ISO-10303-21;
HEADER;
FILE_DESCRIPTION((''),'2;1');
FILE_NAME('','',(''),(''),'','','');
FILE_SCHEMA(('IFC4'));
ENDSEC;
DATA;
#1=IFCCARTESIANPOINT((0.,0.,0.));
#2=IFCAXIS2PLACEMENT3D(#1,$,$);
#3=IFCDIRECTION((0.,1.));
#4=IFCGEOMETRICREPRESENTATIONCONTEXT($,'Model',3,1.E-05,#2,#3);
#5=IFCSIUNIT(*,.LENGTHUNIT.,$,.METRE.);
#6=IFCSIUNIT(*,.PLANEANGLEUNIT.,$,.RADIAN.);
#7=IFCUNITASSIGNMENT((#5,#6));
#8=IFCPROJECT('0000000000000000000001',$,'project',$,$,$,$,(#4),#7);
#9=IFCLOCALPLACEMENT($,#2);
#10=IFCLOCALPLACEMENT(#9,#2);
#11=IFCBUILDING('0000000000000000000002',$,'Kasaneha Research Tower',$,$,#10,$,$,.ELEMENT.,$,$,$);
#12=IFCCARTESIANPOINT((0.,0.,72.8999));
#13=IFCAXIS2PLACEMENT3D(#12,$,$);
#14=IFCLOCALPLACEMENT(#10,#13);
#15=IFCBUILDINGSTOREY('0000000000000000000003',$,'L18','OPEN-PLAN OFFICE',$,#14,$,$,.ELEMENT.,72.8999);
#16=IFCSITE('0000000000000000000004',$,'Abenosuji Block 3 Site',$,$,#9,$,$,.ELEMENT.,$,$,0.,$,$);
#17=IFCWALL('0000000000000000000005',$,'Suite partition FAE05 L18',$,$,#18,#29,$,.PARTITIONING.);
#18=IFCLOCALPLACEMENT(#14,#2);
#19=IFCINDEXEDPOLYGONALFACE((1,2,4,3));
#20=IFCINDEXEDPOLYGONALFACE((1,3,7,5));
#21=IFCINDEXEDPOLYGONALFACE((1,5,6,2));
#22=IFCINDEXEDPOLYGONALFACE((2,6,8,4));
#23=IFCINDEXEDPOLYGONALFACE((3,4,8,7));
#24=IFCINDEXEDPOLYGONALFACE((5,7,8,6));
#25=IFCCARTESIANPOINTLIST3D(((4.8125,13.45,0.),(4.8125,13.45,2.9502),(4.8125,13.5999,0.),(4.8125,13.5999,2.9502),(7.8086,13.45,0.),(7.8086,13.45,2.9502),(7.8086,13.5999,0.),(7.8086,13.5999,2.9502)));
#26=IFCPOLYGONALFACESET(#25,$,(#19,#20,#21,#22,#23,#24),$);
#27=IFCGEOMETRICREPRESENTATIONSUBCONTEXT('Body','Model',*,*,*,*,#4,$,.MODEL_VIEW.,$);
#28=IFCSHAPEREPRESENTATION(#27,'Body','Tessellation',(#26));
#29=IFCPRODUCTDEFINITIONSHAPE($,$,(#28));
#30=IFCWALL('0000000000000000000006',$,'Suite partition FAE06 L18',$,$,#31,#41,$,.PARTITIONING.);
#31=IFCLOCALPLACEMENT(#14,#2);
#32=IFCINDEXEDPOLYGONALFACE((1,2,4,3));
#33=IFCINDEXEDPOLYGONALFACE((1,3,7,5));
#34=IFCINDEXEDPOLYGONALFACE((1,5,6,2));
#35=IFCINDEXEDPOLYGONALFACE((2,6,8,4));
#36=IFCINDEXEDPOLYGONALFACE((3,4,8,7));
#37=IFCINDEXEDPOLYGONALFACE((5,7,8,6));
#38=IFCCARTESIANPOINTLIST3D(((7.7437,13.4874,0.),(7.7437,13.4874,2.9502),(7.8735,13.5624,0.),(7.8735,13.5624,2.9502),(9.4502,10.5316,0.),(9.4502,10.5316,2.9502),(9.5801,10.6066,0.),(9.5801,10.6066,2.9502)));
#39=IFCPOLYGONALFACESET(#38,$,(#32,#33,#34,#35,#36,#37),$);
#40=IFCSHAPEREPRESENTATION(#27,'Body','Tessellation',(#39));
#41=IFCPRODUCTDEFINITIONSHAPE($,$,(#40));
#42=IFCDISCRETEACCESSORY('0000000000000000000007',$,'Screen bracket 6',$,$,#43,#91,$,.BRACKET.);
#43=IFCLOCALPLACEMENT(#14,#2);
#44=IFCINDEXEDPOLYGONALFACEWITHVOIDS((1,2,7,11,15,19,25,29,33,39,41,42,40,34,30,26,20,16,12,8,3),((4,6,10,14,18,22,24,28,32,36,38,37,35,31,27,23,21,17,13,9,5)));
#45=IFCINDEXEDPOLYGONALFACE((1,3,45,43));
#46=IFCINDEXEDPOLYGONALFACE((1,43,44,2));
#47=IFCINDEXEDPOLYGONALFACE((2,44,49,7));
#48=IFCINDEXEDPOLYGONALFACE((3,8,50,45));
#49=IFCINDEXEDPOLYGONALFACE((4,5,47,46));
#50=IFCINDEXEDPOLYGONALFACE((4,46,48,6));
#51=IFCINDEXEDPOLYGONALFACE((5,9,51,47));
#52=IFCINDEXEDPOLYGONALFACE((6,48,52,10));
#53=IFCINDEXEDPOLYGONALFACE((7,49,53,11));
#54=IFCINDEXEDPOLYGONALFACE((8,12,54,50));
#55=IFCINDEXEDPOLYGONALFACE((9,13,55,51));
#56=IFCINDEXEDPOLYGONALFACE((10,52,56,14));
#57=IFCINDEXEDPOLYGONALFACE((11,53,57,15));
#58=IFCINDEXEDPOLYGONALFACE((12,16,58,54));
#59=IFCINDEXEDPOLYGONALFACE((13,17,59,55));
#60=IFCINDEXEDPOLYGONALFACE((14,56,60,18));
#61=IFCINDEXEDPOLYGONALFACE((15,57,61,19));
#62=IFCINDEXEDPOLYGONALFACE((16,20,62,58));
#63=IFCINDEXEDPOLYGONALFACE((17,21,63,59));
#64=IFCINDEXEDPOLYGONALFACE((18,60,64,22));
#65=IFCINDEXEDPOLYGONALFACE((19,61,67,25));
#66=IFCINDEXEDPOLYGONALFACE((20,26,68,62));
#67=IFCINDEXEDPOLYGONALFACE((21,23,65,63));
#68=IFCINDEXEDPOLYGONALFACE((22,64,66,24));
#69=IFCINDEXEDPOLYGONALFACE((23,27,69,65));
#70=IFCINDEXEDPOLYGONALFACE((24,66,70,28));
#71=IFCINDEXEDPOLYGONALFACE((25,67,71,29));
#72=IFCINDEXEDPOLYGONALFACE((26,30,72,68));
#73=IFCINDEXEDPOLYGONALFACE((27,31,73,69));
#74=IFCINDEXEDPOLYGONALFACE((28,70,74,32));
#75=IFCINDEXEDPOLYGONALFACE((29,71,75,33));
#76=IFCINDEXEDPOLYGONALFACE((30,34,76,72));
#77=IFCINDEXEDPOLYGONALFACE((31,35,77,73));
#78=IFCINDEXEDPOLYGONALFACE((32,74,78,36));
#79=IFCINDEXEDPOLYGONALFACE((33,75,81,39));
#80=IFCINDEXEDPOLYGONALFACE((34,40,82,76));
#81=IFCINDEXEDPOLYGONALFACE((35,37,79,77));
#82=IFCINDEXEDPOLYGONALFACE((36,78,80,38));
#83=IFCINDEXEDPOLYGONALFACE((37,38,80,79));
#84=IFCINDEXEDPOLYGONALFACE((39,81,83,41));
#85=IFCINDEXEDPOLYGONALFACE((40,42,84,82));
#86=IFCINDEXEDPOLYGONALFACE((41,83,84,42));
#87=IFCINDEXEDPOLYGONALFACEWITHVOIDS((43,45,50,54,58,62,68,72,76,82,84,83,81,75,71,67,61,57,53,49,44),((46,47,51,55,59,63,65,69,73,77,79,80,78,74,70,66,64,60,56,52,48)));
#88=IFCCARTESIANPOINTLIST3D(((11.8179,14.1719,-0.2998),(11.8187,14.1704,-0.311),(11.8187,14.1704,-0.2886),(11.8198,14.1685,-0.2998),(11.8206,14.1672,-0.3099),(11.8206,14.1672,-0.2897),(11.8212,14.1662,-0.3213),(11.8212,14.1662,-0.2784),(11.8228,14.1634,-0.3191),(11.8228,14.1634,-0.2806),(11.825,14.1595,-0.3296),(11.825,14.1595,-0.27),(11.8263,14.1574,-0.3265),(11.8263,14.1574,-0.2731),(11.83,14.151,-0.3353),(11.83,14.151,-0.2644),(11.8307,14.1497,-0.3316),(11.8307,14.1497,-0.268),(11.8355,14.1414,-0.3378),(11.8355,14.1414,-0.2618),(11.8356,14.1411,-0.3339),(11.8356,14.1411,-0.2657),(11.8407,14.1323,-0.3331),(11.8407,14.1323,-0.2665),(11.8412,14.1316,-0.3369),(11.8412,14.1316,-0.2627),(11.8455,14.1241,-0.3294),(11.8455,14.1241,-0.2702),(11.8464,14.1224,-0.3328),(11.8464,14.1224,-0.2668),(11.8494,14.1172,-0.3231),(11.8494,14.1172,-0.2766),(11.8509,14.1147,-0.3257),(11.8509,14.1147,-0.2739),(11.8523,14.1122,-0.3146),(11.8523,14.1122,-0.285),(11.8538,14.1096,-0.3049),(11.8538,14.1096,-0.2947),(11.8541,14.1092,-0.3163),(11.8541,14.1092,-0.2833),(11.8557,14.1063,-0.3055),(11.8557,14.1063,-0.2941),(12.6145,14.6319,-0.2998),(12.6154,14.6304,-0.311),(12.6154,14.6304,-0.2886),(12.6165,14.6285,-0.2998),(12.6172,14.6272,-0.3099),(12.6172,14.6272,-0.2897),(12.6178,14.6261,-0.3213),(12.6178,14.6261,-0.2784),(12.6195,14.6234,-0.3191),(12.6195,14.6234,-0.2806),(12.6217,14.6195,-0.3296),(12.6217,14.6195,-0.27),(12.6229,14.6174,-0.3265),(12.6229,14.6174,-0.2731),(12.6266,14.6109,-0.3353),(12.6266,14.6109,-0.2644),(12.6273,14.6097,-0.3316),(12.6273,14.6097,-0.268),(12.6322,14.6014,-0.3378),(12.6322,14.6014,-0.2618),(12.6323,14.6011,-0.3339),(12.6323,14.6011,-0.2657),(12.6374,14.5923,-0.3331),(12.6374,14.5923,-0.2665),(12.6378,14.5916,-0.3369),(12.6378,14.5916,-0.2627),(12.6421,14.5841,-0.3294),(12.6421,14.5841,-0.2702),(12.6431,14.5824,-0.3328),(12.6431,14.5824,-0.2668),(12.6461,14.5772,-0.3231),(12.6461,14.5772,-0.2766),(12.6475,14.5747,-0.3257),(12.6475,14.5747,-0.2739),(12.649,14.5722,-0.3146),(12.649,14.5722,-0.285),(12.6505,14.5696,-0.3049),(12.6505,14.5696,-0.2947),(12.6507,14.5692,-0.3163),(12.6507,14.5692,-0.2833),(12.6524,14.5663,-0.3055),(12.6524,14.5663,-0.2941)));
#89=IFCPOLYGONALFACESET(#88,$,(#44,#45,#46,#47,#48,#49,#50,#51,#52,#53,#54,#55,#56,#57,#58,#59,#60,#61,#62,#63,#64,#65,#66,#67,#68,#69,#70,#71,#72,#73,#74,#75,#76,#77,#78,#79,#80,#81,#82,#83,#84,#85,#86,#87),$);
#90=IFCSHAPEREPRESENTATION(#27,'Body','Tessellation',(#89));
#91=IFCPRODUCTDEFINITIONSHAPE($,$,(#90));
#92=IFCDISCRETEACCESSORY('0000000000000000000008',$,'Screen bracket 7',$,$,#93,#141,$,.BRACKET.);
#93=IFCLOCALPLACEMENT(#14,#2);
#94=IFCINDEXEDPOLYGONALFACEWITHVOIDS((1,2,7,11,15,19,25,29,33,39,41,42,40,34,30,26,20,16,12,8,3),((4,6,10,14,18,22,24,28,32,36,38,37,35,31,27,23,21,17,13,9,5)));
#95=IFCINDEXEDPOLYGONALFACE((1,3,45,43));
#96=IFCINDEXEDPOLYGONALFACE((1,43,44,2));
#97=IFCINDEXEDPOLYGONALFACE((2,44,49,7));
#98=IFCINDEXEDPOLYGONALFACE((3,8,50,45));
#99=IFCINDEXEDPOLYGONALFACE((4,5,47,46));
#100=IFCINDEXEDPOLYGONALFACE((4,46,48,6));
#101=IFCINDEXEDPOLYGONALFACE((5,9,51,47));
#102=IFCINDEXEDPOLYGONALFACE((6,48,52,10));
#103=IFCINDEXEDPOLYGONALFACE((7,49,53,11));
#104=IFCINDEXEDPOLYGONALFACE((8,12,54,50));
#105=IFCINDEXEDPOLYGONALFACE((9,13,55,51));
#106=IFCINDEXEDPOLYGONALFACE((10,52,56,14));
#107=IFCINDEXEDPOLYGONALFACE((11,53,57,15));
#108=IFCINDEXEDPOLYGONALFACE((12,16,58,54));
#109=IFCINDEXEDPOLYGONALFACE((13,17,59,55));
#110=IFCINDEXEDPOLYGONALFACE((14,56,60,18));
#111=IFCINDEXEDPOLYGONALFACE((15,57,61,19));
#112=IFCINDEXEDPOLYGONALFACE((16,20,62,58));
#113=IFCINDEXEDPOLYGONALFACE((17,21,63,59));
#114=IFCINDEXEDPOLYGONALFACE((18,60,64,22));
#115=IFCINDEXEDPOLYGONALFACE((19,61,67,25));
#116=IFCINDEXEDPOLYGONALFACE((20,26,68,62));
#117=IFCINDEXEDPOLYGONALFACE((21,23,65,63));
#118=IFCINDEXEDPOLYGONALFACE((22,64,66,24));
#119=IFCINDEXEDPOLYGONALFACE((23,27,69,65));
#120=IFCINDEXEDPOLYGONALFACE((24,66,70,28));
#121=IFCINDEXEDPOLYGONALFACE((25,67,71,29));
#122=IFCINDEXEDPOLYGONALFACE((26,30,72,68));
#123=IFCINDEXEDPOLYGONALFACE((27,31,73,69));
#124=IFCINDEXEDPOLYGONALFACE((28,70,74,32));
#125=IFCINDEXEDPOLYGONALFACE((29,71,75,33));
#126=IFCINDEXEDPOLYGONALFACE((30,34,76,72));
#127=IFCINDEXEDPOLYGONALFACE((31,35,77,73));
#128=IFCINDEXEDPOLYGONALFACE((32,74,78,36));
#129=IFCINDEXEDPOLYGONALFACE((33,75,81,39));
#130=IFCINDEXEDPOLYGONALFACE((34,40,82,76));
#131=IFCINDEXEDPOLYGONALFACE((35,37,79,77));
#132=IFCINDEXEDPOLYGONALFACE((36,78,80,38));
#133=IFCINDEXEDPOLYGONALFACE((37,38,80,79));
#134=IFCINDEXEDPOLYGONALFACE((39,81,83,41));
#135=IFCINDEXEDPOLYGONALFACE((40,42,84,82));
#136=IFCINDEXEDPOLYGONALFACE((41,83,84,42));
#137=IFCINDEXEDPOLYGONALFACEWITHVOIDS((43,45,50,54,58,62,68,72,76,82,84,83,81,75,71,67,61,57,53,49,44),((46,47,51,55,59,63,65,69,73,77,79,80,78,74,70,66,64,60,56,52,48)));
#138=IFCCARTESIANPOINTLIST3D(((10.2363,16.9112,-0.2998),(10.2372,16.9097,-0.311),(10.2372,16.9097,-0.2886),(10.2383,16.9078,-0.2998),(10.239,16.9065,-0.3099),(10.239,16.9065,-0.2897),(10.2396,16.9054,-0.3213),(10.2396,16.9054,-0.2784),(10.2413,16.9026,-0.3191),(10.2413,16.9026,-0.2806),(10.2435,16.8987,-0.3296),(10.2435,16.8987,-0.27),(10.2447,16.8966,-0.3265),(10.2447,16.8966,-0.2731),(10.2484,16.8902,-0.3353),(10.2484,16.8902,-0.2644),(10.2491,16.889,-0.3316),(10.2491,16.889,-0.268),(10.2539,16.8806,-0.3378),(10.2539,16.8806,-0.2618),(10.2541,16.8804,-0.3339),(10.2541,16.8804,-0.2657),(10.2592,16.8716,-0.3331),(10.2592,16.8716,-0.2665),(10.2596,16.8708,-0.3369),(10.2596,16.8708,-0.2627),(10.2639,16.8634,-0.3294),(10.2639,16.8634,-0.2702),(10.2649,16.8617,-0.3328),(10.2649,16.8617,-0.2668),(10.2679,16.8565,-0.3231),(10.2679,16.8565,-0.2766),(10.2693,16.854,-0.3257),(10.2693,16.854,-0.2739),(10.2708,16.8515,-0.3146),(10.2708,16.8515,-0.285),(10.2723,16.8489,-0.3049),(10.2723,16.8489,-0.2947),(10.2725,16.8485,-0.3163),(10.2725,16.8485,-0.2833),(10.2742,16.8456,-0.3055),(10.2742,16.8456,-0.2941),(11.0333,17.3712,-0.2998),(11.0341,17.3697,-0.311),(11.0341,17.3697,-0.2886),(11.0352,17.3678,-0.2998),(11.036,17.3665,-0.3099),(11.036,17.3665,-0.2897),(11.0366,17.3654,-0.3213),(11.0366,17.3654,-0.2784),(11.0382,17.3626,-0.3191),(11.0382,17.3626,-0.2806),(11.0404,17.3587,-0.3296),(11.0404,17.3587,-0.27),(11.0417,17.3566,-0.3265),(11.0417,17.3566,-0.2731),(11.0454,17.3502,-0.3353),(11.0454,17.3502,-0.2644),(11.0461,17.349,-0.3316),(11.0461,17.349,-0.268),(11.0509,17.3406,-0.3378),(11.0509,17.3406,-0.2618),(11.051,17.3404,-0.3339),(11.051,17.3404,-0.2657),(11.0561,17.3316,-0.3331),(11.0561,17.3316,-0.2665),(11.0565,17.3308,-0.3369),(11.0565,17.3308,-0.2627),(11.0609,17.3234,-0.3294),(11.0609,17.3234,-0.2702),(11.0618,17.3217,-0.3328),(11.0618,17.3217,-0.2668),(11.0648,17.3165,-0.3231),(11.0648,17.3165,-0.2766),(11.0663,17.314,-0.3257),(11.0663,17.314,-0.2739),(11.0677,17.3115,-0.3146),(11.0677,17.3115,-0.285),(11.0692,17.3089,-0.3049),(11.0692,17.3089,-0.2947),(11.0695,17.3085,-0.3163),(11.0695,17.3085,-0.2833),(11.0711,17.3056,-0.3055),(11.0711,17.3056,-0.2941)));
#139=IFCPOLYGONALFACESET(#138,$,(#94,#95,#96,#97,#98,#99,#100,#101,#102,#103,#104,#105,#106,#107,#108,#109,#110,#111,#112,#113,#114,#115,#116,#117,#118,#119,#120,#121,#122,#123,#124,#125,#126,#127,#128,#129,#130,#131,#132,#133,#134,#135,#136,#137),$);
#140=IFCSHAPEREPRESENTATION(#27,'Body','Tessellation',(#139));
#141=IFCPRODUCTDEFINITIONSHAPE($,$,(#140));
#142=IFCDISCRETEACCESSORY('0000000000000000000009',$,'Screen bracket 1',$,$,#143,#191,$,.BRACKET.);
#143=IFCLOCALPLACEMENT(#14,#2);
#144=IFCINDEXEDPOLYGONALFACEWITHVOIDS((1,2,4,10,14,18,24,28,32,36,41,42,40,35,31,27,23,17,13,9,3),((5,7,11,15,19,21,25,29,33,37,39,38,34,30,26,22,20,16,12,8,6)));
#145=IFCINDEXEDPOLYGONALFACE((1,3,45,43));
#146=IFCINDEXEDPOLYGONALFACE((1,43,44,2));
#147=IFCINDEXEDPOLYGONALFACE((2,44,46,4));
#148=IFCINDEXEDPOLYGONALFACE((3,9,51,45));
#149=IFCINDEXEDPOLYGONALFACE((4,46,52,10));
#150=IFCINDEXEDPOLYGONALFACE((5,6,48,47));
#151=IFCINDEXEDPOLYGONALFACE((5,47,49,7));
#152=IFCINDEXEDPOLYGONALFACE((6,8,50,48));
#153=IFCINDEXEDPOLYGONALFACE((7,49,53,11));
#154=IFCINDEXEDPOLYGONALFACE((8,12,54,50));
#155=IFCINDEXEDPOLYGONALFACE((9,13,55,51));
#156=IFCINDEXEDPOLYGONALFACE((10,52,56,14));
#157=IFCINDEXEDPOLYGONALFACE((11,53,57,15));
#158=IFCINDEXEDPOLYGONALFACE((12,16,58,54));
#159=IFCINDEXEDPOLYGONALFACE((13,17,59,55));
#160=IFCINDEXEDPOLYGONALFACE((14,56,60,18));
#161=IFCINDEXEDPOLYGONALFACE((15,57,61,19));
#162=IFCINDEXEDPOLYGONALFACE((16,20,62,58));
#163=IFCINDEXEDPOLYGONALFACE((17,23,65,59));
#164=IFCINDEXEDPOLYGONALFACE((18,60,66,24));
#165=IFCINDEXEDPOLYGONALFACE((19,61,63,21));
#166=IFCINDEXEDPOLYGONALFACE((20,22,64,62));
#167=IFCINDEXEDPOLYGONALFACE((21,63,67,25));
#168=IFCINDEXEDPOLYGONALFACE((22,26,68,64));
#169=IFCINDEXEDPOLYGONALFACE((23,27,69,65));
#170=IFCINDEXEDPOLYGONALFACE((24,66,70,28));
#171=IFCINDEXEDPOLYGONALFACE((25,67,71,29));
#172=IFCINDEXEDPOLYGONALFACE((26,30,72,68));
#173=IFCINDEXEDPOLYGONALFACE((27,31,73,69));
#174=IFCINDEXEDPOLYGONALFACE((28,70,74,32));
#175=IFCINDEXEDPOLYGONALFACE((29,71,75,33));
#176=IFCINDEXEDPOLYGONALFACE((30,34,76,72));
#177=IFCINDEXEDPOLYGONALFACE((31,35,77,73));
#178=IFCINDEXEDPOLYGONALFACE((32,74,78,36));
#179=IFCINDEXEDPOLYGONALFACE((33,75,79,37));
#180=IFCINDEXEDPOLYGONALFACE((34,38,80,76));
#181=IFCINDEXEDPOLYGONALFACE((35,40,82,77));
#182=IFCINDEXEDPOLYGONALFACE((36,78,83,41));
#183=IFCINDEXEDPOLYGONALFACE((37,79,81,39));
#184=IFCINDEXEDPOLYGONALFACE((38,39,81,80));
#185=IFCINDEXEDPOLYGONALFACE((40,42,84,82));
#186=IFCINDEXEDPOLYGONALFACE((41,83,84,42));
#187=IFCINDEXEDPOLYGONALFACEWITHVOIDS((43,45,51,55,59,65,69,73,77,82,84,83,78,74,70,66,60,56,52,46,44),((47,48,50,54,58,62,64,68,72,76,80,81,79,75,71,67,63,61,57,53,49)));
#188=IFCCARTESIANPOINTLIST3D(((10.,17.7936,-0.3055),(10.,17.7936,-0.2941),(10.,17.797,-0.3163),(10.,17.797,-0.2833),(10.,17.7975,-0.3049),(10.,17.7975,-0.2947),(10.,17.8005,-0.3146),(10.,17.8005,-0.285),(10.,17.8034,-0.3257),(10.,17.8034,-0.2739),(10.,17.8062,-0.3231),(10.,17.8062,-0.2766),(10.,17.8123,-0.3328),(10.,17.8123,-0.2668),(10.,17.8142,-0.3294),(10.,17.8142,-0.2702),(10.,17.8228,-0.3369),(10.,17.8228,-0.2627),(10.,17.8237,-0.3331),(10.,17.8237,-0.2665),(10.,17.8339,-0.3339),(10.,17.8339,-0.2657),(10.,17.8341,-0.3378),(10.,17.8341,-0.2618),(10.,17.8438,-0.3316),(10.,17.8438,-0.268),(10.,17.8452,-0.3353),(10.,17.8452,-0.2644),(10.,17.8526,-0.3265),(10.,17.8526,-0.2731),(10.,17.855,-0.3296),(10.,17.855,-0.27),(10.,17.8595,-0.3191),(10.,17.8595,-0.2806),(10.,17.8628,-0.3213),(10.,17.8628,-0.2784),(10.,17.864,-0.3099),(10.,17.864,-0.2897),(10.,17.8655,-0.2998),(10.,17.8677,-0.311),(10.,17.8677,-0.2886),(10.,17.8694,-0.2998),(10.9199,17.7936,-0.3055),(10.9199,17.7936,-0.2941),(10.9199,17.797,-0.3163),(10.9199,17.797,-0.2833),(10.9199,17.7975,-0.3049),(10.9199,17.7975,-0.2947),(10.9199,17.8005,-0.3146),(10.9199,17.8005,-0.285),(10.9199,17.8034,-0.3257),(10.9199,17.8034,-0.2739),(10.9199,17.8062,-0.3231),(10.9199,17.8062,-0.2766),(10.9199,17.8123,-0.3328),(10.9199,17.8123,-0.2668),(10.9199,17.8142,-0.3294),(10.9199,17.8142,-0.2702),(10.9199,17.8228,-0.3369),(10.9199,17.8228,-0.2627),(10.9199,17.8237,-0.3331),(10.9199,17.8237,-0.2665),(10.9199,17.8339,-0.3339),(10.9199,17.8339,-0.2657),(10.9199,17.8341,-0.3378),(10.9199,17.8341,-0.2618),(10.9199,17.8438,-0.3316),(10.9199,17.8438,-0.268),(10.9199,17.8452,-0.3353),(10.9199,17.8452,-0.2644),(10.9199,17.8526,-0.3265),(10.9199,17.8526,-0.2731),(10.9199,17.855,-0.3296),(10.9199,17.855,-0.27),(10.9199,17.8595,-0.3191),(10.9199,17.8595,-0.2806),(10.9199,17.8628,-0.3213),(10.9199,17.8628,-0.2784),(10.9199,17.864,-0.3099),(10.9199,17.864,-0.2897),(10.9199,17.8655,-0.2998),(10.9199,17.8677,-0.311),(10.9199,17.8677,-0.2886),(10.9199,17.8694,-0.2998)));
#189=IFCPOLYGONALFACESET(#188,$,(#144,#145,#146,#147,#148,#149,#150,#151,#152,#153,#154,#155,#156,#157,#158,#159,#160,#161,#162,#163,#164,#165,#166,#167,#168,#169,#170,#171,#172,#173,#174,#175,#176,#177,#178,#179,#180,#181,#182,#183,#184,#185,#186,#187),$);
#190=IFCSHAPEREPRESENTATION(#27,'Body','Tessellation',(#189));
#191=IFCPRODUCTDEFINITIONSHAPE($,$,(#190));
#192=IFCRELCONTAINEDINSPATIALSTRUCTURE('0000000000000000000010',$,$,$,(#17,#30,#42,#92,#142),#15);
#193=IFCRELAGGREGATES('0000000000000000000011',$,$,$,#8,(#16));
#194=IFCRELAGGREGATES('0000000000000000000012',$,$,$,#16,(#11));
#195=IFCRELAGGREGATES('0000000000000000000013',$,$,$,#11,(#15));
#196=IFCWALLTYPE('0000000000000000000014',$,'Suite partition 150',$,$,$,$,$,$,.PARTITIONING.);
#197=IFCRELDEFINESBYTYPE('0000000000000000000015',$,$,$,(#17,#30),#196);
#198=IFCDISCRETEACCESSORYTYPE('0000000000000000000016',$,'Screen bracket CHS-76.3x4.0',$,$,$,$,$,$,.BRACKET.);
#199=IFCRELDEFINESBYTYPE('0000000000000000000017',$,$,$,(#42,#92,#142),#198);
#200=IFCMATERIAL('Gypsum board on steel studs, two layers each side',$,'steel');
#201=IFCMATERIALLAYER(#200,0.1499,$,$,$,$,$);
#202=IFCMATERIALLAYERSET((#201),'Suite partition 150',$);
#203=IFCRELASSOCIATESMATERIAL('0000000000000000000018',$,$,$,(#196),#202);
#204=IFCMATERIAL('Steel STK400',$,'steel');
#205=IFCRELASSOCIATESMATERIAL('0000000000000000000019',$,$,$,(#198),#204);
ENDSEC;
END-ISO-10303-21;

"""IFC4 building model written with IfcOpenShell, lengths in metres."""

from ifc_helpers import new_model, si_unit, direction, frame, frame_2d, origin, origin_2d, place, context, subcontext, project, spatial, rectangle, hollow_circle, extrude, material, layer, layer_set, material_profile, profile_set, type_object, element, save


model = new_model("IFC4")

# Units and contexts
model_context = context("Model", 3, precision=1e-05, world=origin(), true_north=direction((0.0, 1.0)))
body_context = subcontext(model_context, "Body", "Model", "MODEL_VIEW")
ifc_project = project(units=[si_unit("LENGTHUNIT", "METRE"), si_unit("PLANEANGLEUNIT", "RADIAN")], contexts=[model_context])

# Site, building, storey
site_placement = place(None, origin())
site = spatial("IfcSite", under=ifc_project, at=site_placement, Name="Abenosuji Block 3 Site", CompositionType="ELEMENT", RefElevation=0.0)
building_placement = place(site_placement, origin())
building = spatial("IfcBuilding", under=site, at=building_placement, Name="Kasaneha Research Tower", CompositionType="ELEMENT")
storey_placement = place(building_placement, frame((0.0, 0.0, 72.8999)))
storey = spatial("IfcBuildingStorey", under=building, at=storey_placement, Name="L18", Description="OPEN-PLAN OFFICE", CompositionType="ELEMENT", Elevation=72.8999)

# Shared definitions
ifc_material_1 = material(Name="Gypsum board on steel studs, two layers each side", Category="steel")
ifc_layer_1 = layer(ifc_material_1, 0.1499)
ifc_layer_set_1 = layer_set([ifc_layer_1], Name="Suite partition 150")
wall_type_1 = type_object("IfcWallType", Name="Suite partition 150", PredefinedType="PARTITIONING", material=ifc_layer_set_1)

# Walls
wall_1_placement = place(storey_placement, frame((4.8125, 13.5249, 0.0), z_axis=(0.0, 0.0, 1.0), x_axis=(1.0, 0.0, 0.0)))
element("IfcWall", 1, at=wall_1_placement, inside=storey, type_object=wall_type_1, Name="Suite partition FAE05 L18", PredefinedType="PARTITIONING", context=body_context, shape_type="SweptSolid", body=[
    extrude(rectangle(XDim=2.9961, YDim=0.1499, at=frame_2d((1.498, 0.0))), origin(), (0.0, 0.0, 1.0), 2.9502),
])
wall_2_placement = place(storey_placement, frame((7.8086, 13.5249, 0.0), z_axis=(0.0, 0.0, 1.0), x_axis=(0.500001, -0.866025, 0.0)))
element("IfcWall", 2, at=wall_2_placement, inside=storey, type_object=wall_type_1, Name="Suite partition FAE06 L18", PredefinedType="PARTITIONING", context=body_context, shape_type="SweptSolid", body=[
    extrude(rectangle(XDim=3.4131, YDim=0.1499, at=frame_2d((1.7065, 0.0))), origin(), (0.0, 0.0, 1.0), 2.9502),
])

# Discrete accessories
ifc_material_2 = material(Name="Steel STK400", Category="steel")
ifc_material_profile_1 = material_profile(ifc_material_2, hollow_circle(Radius=0.0381, WallThickness=0.0039, at=origin_2d()), Name="CHS-76.3x4.0")
ifc_profile_set_1 = profile_set([ifc_material_profile_1], Name="Steel STK400")
discrete_accessory_type = type_object("IfcDiscreteAccessoryType", Name="Screen bracket CHS-76.3x4.0", PredefinedType="BRACKET", material=ifc_profile_set_1)
discrete_accessory_1_placement = place(storey_placement, frame((11.8369, 14.1389, -0.2998), z_axis=(0.866013, 0.500021, 0.0), x_axis=(-0.500021, 0.866013, 0.0)))
element("IfcDiscreteAccessory", 3, at=discrete_accessory_1_placement, inside=storey, type_object=discrete_accessory_type, Name="Screen bracket 6", PredefinedType="BRACKET", context=body_context, shape_type="SweptSolid", body=[
    extrude(hollow_circle(Radius=0.0381, WallThickness=0.0039, at=origin_2d()), origin(), (0.0, 0.0, 1.0), 0.9199),
])
discrete_accessory_2_placement = place(storey_placement, frame((10.2554, 16.8782, -0.2998), z_axis=(0.86608, 0.499906, 0.0), x_axis=(-0.499906, 0.86608, 0.0)))
element("IfcDiscreteAccessory", 4, at=discrete_accessory_2_placement, inside=storey, type_object=discrete_accessory_type, Name="Screen bracket 7", PredefinedType="BRACKET", context=body_context, shape_type="SweptSolid", body=[
    extrude(hollow_circle(Radius=0.0381, WallThickness=0.0039, at=origin_2d()), origin(), (0.0, 0.0, 1.0), 0.9202),
])
for number, where, z_axis, x_axis, name in (
    (5, (10.0, 17.8313, -0.2998), (1.0, 0.0, 0.0), (0.0, 1.0, 0.0), "Screen bracket 1"),
):
    element("IfcDiscreteAccessory", number, at=place(storey_placement, frame(where, z_axis=z_axis, x_axis=x_axis)), inside=storey, type_object=discrete_accessory_type, Name=name, PredefinedType="BRACKET", context=body_context, shape_type="SweptSolid", body=[
        extrude(hollow_circle(Radius=0.0381, WallThickness=0.0039, at=origin_2d()), origin(), (0.0, 0.0, 1.0), 0.9199),
    ])

save(model, "model.ifc")
